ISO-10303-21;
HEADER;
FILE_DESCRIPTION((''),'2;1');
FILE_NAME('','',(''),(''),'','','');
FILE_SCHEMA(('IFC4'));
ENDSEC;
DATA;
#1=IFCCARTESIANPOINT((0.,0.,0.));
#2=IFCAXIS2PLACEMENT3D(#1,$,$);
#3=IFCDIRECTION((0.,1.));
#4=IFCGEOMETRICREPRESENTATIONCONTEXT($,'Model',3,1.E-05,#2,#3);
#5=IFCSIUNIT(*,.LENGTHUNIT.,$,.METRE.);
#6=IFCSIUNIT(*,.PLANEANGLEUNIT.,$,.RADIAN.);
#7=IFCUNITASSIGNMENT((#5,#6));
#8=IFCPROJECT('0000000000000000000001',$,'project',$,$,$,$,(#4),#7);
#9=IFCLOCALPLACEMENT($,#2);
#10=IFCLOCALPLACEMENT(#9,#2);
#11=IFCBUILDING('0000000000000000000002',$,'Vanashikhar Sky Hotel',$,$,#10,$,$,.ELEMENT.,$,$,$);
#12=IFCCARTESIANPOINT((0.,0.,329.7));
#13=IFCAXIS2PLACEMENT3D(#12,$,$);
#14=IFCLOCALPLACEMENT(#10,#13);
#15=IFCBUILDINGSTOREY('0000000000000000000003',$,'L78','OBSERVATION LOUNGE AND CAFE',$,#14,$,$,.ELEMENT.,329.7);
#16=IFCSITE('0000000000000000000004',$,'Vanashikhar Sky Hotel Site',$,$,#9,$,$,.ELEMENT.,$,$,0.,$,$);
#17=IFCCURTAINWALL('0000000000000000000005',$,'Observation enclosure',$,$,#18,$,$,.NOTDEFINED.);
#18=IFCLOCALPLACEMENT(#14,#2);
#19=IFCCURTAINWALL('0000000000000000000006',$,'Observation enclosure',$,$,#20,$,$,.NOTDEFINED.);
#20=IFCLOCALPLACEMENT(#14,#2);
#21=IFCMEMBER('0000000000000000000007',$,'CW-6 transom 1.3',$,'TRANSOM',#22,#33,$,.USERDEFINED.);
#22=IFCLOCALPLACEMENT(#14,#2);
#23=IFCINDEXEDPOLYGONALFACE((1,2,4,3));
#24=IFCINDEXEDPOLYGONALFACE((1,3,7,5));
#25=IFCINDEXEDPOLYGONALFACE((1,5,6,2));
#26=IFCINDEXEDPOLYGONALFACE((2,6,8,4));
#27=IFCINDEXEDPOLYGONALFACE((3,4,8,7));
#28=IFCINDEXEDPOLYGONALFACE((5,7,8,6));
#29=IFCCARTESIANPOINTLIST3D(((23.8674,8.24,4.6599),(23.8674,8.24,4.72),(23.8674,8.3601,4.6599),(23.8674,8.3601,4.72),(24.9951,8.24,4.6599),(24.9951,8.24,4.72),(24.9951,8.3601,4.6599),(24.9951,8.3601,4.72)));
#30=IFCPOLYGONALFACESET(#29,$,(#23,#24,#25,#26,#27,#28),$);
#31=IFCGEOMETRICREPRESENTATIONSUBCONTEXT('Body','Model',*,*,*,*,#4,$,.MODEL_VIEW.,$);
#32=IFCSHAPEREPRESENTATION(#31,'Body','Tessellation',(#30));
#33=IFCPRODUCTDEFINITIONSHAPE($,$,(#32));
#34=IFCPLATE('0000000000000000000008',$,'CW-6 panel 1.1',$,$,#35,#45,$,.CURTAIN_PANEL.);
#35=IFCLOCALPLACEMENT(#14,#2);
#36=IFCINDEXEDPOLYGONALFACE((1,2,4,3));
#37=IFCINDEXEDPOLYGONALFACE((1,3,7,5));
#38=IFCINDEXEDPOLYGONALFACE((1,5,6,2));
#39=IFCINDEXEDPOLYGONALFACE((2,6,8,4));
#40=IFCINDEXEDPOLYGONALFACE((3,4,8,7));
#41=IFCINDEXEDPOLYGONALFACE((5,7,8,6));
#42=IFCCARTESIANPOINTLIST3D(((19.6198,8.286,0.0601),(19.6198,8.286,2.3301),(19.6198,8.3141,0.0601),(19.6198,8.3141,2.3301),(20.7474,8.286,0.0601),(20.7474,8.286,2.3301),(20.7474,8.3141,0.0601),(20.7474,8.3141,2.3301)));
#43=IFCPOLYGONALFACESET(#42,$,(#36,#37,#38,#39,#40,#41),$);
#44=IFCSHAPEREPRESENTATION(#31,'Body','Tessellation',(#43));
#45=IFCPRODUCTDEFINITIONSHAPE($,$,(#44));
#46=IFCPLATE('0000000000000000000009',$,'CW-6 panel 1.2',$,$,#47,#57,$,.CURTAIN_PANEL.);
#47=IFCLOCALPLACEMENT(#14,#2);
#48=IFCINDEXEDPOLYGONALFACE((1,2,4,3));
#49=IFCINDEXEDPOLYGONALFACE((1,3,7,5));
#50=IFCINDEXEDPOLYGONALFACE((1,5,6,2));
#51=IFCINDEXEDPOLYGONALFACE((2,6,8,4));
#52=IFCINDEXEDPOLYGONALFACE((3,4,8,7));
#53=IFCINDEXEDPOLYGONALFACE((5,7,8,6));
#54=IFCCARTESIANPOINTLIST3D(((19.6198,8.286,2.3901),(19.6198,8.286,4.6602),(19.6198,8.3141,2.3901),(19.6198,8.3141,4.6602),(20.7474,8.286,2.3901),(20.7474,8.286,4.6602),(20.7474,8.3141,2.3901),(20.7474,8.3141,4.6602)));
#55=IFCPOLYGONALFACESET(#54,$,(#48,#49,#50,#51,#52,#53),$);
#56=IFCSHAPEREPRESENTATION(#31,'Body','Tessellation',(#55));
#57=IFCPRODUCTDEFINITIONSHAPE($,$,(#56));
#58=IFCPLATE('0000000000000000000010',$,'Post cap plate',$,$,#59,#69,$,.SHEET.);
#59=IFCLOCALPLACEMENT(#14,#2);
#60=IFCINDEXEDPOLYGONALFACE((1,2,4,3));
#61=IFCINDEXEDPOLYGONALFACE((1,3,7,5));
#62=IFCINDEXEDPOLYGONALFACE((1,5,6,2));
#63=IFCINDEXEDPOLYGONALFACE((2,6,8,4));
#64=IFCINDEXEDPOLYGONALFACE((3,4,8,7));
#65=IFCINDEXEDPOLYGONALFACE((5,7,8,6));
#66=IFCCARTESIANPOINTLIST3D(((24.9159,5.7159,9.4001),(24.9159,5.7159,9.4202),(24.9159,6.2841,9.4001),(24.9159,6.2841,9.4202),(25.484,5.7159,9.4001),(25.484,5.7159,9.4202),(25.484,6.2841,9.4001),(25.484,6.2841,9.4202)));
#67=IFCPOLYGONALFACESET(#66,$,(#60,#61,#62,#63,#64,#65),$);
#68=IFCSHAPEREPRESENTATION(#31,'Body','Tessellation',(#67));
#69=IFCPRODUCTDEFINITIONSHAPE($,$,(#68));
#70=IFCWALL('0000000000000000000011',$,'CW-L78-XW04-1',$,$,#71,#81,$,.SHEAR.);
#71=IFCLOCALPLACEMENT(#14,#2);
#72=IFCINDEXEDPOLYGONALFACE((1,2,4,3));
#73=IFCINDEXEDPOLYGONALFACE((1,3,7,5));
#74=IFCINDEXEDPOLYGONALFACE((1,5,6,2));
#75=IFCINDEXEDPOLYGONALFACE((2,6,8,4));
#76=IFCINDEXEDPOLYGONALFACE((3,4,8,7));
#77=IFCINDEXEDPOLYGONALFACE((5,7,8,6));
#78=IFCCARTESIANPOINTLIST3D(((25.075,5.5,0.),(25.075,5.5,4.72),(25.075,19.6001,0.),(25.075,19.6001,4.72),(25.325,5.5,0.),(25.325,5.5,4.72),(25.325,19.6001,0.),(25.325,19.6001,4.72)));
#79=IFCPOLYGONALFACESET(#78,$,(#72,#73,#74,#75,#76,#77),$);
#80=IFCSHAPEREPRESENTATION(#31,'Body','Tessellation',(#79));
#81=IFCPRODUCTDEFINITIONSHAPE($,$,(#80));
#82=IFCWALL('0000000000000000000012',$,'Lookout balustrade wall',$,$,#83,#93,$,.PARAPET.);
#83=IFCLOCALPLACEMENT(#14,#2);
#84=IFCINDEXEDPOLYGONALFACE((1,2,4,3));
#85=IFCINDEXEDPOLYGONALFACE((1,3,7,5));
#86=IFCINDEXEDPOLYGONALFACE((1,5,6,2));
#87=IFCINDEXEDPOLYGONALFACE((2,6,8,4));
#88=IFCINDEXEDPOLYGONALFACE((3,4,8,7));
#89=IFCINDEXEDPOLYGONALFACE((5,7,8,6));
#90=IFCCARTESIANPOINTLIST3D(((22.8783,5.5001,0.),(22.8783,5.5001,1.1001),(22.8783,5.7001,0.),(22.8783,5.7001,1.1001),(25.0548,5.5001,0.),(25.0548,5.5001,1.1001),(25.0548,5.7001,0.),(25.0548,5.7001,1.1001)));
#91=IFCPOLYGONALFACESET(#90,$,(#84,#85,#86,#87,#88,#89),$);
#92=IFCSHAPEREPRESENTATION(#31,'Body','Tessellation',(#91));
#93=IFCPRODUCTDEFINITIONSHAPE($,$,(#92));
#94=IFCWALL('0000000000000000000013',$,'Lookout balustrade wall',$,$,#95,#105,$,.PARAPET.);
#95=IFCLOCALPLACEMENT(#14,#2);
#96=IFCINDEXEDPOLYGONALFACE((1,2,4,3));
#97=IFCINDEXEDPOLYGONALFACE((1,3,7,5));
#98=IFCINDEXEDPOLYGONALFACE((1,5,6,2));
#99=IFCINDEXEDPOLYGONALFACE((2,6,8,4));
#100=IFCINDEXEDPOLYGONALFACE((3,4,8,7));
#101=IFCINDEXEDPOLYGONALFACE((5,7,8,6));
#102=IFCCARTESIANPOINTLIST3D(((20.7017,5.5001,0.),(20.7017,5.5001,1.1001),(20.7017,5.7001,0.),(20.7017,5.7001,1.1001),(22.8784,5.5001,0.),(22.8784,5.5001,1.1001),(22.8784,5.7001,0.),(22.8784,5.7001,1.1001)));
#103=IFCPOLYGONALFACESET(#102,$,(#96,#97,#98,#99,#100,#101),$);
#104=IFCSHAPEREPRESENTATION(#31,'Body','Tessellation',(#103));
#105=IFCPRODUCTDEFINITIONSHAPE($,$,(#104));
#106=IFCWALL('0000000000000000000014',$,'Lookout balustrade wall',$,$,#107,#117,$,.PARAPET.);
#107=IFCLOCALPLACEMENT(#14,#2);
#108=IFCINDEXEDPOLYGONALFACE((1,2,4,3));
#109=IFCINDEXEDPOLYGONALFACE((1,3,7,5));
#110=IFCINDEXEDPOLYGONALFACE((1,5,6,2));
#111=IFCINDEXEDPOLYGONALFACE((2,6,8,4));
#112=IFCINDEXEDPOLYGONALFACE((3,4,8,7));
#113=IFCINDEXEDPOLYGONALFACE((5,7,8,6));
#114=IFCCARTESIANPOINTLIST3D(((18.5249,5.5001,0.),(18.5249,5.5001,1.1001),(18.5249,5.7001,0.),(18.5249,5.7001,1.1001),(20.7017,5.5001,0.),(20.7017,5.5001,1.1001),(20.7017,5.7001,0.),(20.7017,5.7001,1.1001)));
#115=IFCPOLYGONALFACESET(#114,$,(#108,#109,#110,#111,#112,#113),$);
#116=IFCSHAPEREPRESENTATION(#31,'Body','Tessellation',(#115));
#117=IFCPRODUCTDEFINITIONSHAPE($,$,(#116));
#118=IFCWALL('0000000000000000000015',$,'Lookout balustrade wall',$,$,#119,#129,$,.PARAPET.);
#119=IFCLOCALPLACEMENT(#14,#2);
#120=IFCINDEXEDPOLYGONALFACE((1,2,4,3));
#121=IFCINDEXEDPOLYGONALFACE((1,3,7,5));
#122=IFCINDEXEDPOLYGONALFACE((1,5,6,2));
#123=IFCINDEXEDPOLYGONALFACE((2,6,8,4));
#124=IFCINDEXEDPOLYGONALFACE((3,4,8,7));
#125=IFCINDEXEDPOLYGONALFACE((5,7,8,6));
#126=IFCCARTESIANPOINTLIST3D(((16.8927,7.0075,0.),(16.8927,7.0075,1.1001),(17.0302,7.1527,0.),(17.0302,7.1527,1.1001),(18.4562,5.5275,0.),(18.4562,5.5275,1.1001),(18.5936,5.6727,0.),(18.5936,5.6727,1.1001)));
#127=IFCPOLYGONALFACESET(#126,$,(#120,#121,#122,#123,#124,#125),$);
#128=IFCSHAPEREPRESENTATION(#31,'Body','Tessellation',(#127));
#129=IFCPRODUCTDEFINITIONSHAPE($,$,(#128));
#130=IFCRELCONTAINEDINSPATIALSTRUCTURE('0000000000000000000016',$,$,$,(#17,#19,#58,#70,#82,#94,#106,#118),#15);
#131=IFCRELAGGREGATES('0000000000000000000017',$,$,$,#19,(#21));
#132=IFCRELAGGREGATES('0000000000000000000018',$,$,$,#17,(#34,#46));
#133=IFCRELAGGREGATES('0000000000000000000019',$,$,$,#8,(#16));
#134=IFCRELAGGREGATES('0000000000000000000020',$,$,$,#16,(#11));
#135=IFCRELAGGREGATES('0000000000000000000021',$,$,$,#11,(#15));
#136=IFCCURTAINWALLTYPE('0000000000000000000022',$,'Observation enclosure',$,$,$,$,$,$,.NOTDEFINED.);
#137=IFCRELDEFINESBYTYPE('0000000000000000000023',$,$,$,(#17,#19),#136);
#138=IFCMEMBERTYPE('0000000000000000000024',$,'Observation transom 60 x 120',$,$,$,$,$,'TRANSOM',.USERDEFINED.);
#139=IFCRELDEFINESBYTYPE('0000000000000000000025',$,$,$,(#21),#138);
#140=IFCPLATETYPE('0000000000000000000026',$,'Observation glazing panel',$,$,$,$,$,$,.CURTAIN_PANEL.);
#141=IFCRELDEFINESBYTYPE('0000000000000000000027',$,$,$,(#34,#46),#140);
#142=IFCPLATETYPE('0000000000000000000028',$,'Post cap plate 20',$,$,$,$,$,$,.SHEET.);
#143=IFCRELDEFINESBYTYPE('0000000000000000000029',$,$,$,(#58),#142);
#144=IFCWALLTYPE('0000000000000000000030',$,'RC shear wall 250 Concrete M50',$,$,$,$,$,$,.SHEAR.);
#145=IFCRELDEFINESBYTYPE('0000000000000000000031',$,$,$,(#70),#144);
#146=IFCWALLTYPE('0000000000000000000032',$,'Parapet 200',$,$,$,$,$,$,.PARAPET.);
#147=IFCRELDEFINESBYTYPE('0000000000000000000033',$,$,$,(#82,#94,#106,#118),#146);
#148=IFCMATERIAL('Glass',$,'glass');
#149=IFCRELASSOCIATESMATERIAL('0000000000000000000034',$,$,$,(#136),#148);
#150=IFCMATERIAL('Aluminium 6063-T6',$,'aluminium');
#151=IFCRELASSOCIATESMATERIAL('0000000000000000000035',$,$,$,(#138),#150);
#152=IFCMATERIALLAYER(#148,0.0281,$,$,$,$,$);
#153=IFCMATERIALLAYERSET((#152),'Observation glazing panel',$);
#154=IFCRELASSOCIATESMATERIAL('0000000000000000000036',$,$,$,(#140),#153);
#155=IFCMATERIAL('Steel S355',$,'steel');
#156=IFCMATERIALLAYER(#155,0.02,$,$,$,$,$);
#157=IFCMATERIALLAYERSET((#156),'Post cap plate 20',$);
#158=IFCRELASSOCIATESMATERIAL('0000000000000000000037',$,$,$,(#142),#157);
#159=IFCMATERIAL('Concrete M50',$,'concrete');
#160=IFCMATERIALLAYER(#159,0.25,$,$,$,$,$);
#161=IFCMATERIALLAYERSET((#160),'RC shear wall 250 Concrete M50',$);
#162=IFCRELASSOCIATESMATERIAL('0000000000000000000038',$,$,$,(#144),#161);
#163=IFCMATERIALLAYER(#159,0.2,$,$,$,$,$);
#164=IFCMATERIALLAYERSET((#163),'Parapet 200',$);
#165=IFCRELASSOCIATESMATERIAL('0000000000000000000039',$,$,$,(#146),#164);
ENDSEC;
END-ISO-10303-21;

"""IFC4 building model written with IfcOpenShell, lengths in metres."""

from ifc_helpers import new_model, si_unit, direction, frame, frame_2d, origin, origin_2d, place, context, subcontext, project, spatial, rectangle, extrude, source, transform, mapped, material, layer, layer_set, material_profile, profile_set, type_object, element, aggregate, save


model = new_model("IFC4")

# Units and contexts
model_context = context("Model", 3, precision=1e-05, world=origin(), true_north=direction((0.0, 1.0)))
body_context = subcontext(model_context, "Body", "Model", "MODEL_VIEW")
ifc_project = project(units=[si_unit("LENGTHUNIT", "METRE"), si_unit("PLANEANGLEUNIT", "RADIAN")], contexts=[model_context])

# Site, building, storey
site_placement = place(None, origin())
site = spatial("IfcSite", under=ifc_project, at=site_placement, Name="Vanashikhar Sky Hotel Site", CompositionType="ELEMENT", RefElevation=0.0)
building_placement = place(site_placement, origin())
building = spatial("IfcBuilding", under=site, at=building_placement, Name="Vanashikhar Sky Hotel", CompositionType="ELEMENT")
storey_placement = place(building_placement, frame((0.0, 0.0, 329.7)))
storey = spatial("IfcBuildingStorey", under=building, at=storey_placement, Name="L78", Description="OBSERVATION LOUNGE AND CAFE", CompositionType="ELEMENT", Elevation=329.7)

# Shared definitions
ifc_material_1 = material(Name="Steel S355", Category="steel")

# Shared definitions
ifc_material_2 = material(Name="Concrete M50", Category="concrete")

# Curtain wall
ifc_material_3 = material(Name="Glass", Category="glass")
curtain_wall_type = type_object("IfcCurtainWallType", Name="Observation enclosure", PredefinedType="NOTDEFINED", material=ifc_material_3)
curtain_wall_1_placement = place(storey_placement, origin())
curtain_wall_1 = element("IfcCurtainWall", 1, at=curtain_wall_1_placement, inside=storey, type_object=curtain_wall_type, Name="Observation enclosure", PredefinedType="NOTDEFINED")
ifc_material_4 = material(Name="Aluminium 6063-T6", Category="aluminium")

# Curtain wall
curtain_wall_2_placement = place(storey_placement, origin())
curtain_wall_2 = element("IfcCurtainWall", 2, at=curtain_wall_2_placement, inside=storey, type_object=curtain_wall_type, Name="Observation enclosure", PredefinedType="NOTDEFINED")

# Member
ifc_material_profile_1 = material_profile(ifc_material_4, rectangle(XDim=0.1201, YDim=0.0601, at=origin_2d()))
ifc_profile_set_1 = profile_set([ifc_material_profile_1], Name="Aluminium 6063-T6")
member_type_1 = type_object("IfcMemberType", Name="Observation transom 60 x 120", ElementType="TRANSOM", PredefinedType="USERDEFINED", material=ifc_profile_set_1)
shared_shape_1 = source(origin(), body_context, "Body", "SweptSolid", [
    extrude(rectangle(XDim=0.1201, YDim=0.0601, at=origin_2d()), origin(), (0.0, 0.0, 1.0), 1.1277),
])
member_1_placement = place(storey_placement, frame((23.8674, 8.3, 4.6899), z_axis=(1.0, 0.0, 0.0), x_axis=(0.0, 1.0, 0.0)))
member_1 = element("IfcMember", 3, at=member_1_placement, type_object=member_type_1, Name="CW-6 transom 1.3", ObjectType="TRANSOM", PredefinedType="USERDEFINED", context=body_context, shape_type="MappedRepresentation", body=[
    mapped(shared_shape_1, transform((0.0, 0.0, 0.0), scale=1.0)),
])
aggregate(curtain_wall_2, [member_1])

# Plates
ifc_layer_1 = layer(ifc_material_3, 0.0281)
ifc_layer_set_1 = layer_set([ifc_layer_1], Name="Observation glazing panel")
plate_type_1 = type_object("IfcPlateType", Name="Observation glazing panel", PredefinedType="CURTAIN_PANEL", material=ifc_layer_set_1)
shared_shape_2 = source(origin(), body_context, "Body", "SweptSolid", [
    extrude(rectangle(XDim=1.1277, YDim=0.0281, at=origin_2d()), origin(), (0.0, 0.0, 1.0), 2.27),
])
plate_1_placement = place(storey_placement, frame((20.1836, 8.3, 0.0601), z_axis=(0.0, 0.0, 1.0), x_axis=(1.0, 0.0, 0.0)))
plate_1 = element("IfcPlate", 4, at=plate_1_placement, type_object=plate_type_1, Name="CW-6 panel 1.1", PredefinedType="CURTAIN_PANEL", context=body_context, shape_type="MappedRepresentation", body=[
    mapped(shared_shape_2, transform((0.0, 0.0, 0.0), scale=1.0)),
])
plate_2_placement = place(storey_placement, frame((20.1836, 8.3, 2.3901), z_axis=(0.0, 0.0, 1.0), x_axis=(1.0, 0.0, 0.0)))
plate_2 = element("IfcPlate", 5, at=plate_2_placement, type_object=plate_type_1, Name="CW-6 panel 1.2", PredefinedType="CURTAIN_PANEL", context=body_context, shape_type="MappedRepresentation", body=[
    mapped(shared_shape_2, transform((0.0, 0.0, 0.0), scale=1.0)),
])
aggregate(curtain_wall_1, [plate_1, plate_2])
ifc_layer_2 = layer(ifc_material_1, 0.02)
ifc_layer_set_2 = layer_set([ifc_layer_2], Name="Post cap plate 20")
plate_type_2 = type_object("IfcPlateType", Name="Post cap plate 20", PredefinedType="SHEET", material=ifc_layer_set_2)
shared_shape_3 = source(origin(), body_context, "Body", "SweptSolid", [
    extrude(rectangle(XDim=0.5681, YDim=0.5681, at=origin_2d()), origin(), (0.0, 0.0, 1.0), 0.02),
])
plate_3_placement = place(storey_placement, frame((25.2, 6.0, 9.4001), z_axis=(0.0, 0.0, 1.0), x_axis=(1.0, 0.0, 0.0)))
element("IfcPlate", 6, at=plate_3_placement, inside=storey, type_object=plate_type_2, Name="Post cap plate", PredefinedType="SHEET", context=body_context, shape_type="MappedRepresentation", body=[
    mapped(shared_shape_3, transform((0.0, 0.0, 0.0), scale=1.0)),
])

# Walls
ifc_layer_3 = layer(ifc_material_2, 0.25)
ifc_layer_set_3 = layer_set([ifc_layer_3], Name="RC shear wall 250 Concrete M50")
wall_type_1 = type_object("IfcWallType", Name="RC shear wall 250 Concrete M50", PredefinedType="SHEAR", material=ifc_layer_set_3)
shared_shape_4 = source(origin(), body_context, "Body", "SweptSolid", [
    extrude(rectangle(XDim=14.1001, YDim=0.25, at=frame_2d((7.05, 0.0))), origin(), (0.0, 0.0, 1.0), 4.72),
])
wall_1_placement = place(storey_placement, frame((25.2, 5.5, 0.0), z_axis=(0.0, 0.0, 1.0), x_axis=(0.0, 1.0, 0.0)))
element("IfcWall", 7, at=wall_1_placement, inside=storey, type_object=wall_type_1, Name="CW-L78-XW04-1", PredefinedType="SHEAR", context=body_context, shape_type="MappedRepresentation", body=[
    mapped(shared_shape_4, transform((0.0, 0.0, 0.0), scale=1.0)),
])
ifc_layer_4 = layer(ifc_material_2, 0.2)
ifc_layer_set_4 = layer_set([ifc_layer_4], Name="Parapet 200")
wall_type_2 = type_object("IfcWallType", Name="Parapet 200", PredefinedType="PARAPET", material=ifc_layer_set_4)
shared_shape_5 = source(origin(), body_context, "Body", "SweptSolid", [
    extrude(rectangle(XDim=2.1765, YDim=0.2, at=frame_2d((1.0884, 0.0))), origin(), (0.0, 0.0, 1.0), 1.1001),
])
wall_2_placement = place(storey_placement, frame((25.0549, 5.6001, 0.0), z_axis=(0.0, 0.0, 1.0), x_axis=(-1.0, 0.0, 0.0)))
element("IfcWall", 8, at=wall_2_placement, inside=storey, type_object=wall_type_2, Name="Lookout balustrade wall", PredefinedType="PARAPET", context=body_context, shape_type="MappedRepresentation", body=[
    mapped(shared_shape_5, transform((0.0, 0.0, 0.0), scale=1.0)),
])
shared_shape_6 = source(origin(), body_context, "Body", "SweptSolid", [
    extrude(rectangle(XDim=2.1768, YDim=0.2, at=frame_2d((1.0884, 0.0))), origin(), (0.0, 0.0, 1.0), 1.1001),
])
for number, where, z_axis, x_axis, name in (
    (9, (22.8784, 5.6001, 0.0), (0.0, 0.0, 1.0), (-1.0, 0.0, 0.0), "Lookout balustrade wall"),
    (10, (20.7017, 5.6001, 0.0), (0.0, 0.0, 1.0), (-1.0, 0.0, 0.0), "Lookout balustrade wall"),
):
    element("IfcWall", number, at=place(storey_placement, frame(where, z_axis=z_axis, x_axis=x_axis)), inside=storey, type_object=wall_type_2, Name=name, PredefinedType="PARAPET", context=body_context, shape_type="MappedRepresentation", body=[
        mapped(shared_shape_6, transform((0.0, 0.0, 0.0), scale=1.0)),
    ])
shared_shape_7 = source(origin(), body_context, "Body", "SweptSolid", [
    extrude(rectangle(XDim=2.1528, YDim=0.2, at=frame_2d((1.0764, 0.0))), origin(), (0.0, 0.0, 1.0), 1.1001),
])
wall_3_placement = place(storey_placement, frame((18.5249, 5.6001, 0.0), z_axis=(0.0, 0.0, 1.0), x_axis=(-0.726233, 0.687449, 0.0)))
element("IfcWall", 11, at=wall_3_placement, inside=storey, type_object=wall_type_2, Name="Lookout balustrade wall", PredefinedType="PARAPET", context=body_context, shape_type="MappedRepresentation", body=[
    mapped(shared_shape_7, transform((0.0, 0.0, 0.0), scale=1.0)),
])

save(model, "model.ifc")
